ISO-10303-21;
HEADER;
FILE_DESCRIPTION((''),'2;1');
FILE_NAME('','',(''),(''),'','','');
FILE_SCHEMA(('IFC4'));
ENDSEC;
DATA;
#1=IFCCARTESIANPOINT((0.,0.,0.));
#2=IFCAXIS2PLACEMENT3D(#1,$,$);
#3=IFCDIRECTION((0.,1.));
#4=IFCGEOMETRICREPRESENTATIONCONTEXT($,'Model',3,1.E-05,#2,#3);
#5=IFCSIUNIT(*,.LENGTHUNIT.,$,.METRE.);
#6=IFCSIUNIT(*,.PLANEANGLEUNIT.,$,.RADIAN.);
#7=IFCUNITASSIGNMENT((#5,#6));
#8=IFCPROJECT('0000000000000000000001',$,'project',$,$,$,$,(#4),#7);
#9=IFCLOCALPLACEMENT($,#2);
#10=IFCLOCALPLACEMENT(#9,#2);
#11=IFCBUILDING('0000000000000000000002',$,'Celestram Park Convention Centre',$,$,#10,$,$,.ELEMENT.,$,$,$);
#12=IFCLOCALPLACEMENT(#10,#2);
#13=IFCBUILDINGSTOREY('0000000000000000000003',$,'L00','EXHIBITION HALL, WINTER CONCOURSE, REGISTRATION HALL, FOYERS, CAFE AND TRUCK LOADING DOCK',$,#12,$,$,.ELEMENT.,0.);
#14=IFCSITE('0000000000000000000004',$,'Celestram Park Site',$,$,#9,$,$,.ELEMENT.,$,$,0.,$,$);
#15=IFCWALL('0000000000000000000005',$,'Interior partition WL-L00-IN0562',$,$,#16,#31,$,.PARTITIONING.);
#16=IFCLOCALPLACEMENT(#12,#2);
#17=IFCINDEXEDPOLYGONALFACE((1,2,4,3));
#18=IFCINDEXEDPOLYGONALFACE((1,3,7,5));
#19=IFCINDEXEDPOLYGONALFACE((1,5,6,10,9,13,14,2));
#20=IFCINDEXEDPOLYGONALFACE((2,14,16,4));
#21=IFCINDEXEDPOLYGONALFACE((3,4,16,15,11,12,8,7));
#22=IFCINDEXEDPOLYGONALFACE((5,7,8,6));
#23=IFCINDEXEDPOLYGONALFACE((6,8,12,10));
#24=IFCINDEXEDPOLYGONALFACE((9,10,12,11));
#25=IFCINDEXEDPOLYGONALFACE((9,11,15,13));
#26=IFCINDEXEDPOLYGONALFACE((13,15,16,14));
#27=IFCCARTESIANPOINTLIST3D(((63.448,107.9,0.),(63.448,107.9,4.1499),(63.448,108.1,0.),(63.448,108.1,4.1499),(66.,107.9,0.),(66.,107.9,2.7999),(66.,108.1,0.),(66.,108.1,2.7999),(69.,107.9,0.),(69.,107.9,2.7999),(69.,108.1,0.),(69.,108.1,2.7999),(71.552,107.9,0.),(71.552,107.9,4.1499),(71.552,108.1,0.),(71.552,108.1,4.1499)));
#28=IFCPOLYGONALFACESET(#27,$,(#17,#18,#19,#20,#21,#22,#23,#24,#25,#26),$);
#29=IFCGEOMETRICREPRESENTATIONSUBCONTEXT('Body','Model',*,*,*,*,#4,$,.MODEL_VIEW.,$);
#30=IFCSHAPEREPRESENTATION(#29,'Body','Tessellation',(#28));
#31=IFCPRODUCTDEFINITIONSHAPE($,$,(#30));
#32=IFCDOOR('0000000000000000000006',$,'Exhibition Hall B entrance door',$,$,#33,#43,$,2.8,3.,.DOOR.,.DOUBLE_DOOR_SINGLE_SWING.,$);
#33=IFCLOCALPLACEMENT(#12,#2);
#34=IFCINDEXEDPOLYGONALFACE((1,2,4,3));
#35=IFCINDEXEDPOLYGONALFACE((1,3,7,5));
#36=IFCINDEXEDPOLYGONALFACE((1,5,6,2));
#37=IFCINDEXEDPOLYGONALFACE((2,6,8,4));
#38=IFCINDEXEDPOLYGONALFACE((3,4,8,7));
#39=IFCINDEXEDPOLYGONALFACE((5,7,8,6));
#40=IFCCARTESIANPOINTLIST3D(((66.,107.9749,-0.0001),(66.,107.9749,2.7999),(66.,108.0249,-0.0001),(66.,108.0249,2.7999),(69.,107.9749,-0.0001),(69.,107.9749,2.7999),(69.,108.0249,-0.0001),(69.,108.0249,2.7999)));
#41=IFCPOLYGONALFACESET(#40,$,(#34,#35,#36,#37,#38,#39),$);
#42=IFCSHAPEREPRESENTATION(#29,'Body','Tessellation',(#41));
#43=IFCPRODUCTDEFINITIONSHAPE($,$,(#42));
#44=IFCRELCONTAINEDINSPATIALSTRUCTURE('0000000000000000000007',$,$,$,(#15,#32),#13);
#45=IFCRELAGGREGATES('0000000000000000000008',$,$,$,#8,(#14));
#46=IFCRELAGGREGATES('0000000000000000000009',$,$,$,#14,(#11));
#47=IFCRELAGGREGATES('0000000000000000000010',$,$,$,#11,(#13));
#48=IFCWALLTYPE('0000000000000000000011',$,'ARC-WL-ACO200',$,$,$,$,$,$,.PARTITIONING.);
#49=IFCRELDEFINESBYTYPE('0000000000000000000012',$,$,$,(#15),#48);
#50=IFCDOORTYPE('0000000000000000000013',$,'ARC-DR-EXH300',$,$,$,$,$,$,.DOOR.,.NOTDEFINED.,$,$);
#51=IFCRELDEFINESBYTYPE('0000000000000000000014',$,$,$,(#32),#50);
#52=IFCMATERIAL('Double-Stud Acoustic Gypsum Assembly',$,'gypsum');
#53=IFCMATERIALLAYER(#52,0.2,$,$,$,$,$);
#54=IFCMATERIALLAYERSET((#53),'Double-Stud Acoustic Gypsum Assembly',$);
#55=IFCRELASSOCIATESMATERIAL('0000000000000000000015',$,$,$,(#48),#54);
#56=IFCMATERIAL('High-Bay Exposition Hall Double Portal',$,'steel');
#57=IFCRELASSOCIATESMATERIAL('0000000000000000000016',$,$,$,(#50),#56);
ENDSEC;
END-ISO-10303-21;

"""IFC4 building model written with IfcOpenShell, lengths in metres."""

from ifc_helpers import new_model, si_unit, direction, frame, frame_2d, origin, place, context, subcontext, project, spatial, rectangle, extrude, material, layer, layer_set, type_object, element, fill, save


model = new_model("IFC4")

# Units and contexts
model_context = context("Model", 3, precision=1e-05, world=origin(), true_north=direction((0.0, 1.0)))
body_context = subcontext(model_context, "Body", "Model", "MODEL_VIEW")
ifc_project = project(units=[si_unit("LENGTHUNIT", "METRE"), si_unit("PLANEANGLEUNIT", "RADIAN")], contexts=[model_context])

# Site, building, storey
site_placement = place(None, origin())
site = spatial("IfcSite", under=ifc_project, at=site_placement, Name="Celestram Park Site", CompositionType="ELEMENT", RefElevation=0.0)
building_placement = place(site_placement, origin())
building = spatial("IfcBuilding", under=site, at=building_placement, Name="Celestram Park Convention Centre", CompositionType="ELEMENT")
storey_placement = place(building_placement, origin())
storey = spatial("IfcBuildingStorey", under=building, at=storey_placement, Name="L00", Description="EXHIBITION HALL, WINTER CONCOURSE, REGISTRATION HALL, FOYERS, CAFE AND TRUCK LOADING DOCK", CompositionType="ELEMENT", Elevation=0.0)

# Wall, opening, door
ifc_material_1 = material(Name="Double-Stud Acoustic Gypsum Assembly", Category="gypsum")
ifc_layer = layer(ifc_material_1, 0.2)
ifc_layer_set = layer_set([ifc_layer], Name="Double-Stud Acoustic Gypsum Assembly")
wall_type = type_object("IfcWallType", Name="ARC-WL-ACO200", PredefinedType="PARTITIONING", material=ifc_layer_set)
ifc_material_2 = material(Name="High-Bay Exposition Hall Double Portal", Category="steel")
door_type = type_object("IfcDoorType", Name="ARC-DR-EXH300", OperationType="NOTDEFINED", PredefinedType="DOOR", material=ifc_material_2)
wall_1_placement = place(storey_placement, frame((63.448, 108.0, 0.0), z_axis=(0.0, 0.0, 1.0), x_axis=(1.0, 0.0, 0.0)))
wall_1 = element("IfcWall", 1, at=wall_1_placement, inside=storey, type_object=wall_type, Name="Interior partition WL-L00-IN0562", PredefinedType="PARTITIONING", context=body_context, shape_type="SweptSolid", body=[
    extrude(rectangle(XDim=8.104, YDim=0.2, at=frame_2d((4.052, 0.0))), origin(), (0.0, 0.0, 1.0), 4.1499),
])
opening_1_placement = place(wall_1_placement, frame((2.552, 0.0, 0.0)))
opening_1 = element("IfcOpeningElement", 2, at=opening_1_placement, cuts=wall_1, PredefinedType="OPENING", context=body_context, shape_type="SweptSolid", body=[
    extrude(rectangle(XDim=3.0, YDim=2.8, at=frame_2d((1.5, 1.3999))), frame((0.0, 0.1099, 0.0), z_axis=(0.0, -1.0, 0.0), x_axis=(1.0, 0.0, 0.0)), (0.0, 0.0, 1.0), 0.22),
])
door_1_placement = place(opening_1_placement, origin())
door_1 = element("IfcDoor", 3, at=door_1_placement, inside=storey, type_object=door_type, Name="Exhibition Hall B entrance door", OperationType="DOUBLE_DOOR_SINGLE_SWING", OverallHeight=2.8, OverallWidth=3.0, PredefinedType="DOOR", context=body_context, shape_type="SweptSolid", body=[
    extrude(rectangle(XDim=3.0, YDim=2.8, at=frame_2d((1.5, 1.3999))), frame((0.0, 0.0249, 0.0), z_axis=(0.0, -1.0, 0.0), x_axis=(1.0, 0.0, 0.0)), (0.0, 0.0, 1.0), 0.05),
])
fill(opening_1, door_1)

save(model, "model.ifc")
